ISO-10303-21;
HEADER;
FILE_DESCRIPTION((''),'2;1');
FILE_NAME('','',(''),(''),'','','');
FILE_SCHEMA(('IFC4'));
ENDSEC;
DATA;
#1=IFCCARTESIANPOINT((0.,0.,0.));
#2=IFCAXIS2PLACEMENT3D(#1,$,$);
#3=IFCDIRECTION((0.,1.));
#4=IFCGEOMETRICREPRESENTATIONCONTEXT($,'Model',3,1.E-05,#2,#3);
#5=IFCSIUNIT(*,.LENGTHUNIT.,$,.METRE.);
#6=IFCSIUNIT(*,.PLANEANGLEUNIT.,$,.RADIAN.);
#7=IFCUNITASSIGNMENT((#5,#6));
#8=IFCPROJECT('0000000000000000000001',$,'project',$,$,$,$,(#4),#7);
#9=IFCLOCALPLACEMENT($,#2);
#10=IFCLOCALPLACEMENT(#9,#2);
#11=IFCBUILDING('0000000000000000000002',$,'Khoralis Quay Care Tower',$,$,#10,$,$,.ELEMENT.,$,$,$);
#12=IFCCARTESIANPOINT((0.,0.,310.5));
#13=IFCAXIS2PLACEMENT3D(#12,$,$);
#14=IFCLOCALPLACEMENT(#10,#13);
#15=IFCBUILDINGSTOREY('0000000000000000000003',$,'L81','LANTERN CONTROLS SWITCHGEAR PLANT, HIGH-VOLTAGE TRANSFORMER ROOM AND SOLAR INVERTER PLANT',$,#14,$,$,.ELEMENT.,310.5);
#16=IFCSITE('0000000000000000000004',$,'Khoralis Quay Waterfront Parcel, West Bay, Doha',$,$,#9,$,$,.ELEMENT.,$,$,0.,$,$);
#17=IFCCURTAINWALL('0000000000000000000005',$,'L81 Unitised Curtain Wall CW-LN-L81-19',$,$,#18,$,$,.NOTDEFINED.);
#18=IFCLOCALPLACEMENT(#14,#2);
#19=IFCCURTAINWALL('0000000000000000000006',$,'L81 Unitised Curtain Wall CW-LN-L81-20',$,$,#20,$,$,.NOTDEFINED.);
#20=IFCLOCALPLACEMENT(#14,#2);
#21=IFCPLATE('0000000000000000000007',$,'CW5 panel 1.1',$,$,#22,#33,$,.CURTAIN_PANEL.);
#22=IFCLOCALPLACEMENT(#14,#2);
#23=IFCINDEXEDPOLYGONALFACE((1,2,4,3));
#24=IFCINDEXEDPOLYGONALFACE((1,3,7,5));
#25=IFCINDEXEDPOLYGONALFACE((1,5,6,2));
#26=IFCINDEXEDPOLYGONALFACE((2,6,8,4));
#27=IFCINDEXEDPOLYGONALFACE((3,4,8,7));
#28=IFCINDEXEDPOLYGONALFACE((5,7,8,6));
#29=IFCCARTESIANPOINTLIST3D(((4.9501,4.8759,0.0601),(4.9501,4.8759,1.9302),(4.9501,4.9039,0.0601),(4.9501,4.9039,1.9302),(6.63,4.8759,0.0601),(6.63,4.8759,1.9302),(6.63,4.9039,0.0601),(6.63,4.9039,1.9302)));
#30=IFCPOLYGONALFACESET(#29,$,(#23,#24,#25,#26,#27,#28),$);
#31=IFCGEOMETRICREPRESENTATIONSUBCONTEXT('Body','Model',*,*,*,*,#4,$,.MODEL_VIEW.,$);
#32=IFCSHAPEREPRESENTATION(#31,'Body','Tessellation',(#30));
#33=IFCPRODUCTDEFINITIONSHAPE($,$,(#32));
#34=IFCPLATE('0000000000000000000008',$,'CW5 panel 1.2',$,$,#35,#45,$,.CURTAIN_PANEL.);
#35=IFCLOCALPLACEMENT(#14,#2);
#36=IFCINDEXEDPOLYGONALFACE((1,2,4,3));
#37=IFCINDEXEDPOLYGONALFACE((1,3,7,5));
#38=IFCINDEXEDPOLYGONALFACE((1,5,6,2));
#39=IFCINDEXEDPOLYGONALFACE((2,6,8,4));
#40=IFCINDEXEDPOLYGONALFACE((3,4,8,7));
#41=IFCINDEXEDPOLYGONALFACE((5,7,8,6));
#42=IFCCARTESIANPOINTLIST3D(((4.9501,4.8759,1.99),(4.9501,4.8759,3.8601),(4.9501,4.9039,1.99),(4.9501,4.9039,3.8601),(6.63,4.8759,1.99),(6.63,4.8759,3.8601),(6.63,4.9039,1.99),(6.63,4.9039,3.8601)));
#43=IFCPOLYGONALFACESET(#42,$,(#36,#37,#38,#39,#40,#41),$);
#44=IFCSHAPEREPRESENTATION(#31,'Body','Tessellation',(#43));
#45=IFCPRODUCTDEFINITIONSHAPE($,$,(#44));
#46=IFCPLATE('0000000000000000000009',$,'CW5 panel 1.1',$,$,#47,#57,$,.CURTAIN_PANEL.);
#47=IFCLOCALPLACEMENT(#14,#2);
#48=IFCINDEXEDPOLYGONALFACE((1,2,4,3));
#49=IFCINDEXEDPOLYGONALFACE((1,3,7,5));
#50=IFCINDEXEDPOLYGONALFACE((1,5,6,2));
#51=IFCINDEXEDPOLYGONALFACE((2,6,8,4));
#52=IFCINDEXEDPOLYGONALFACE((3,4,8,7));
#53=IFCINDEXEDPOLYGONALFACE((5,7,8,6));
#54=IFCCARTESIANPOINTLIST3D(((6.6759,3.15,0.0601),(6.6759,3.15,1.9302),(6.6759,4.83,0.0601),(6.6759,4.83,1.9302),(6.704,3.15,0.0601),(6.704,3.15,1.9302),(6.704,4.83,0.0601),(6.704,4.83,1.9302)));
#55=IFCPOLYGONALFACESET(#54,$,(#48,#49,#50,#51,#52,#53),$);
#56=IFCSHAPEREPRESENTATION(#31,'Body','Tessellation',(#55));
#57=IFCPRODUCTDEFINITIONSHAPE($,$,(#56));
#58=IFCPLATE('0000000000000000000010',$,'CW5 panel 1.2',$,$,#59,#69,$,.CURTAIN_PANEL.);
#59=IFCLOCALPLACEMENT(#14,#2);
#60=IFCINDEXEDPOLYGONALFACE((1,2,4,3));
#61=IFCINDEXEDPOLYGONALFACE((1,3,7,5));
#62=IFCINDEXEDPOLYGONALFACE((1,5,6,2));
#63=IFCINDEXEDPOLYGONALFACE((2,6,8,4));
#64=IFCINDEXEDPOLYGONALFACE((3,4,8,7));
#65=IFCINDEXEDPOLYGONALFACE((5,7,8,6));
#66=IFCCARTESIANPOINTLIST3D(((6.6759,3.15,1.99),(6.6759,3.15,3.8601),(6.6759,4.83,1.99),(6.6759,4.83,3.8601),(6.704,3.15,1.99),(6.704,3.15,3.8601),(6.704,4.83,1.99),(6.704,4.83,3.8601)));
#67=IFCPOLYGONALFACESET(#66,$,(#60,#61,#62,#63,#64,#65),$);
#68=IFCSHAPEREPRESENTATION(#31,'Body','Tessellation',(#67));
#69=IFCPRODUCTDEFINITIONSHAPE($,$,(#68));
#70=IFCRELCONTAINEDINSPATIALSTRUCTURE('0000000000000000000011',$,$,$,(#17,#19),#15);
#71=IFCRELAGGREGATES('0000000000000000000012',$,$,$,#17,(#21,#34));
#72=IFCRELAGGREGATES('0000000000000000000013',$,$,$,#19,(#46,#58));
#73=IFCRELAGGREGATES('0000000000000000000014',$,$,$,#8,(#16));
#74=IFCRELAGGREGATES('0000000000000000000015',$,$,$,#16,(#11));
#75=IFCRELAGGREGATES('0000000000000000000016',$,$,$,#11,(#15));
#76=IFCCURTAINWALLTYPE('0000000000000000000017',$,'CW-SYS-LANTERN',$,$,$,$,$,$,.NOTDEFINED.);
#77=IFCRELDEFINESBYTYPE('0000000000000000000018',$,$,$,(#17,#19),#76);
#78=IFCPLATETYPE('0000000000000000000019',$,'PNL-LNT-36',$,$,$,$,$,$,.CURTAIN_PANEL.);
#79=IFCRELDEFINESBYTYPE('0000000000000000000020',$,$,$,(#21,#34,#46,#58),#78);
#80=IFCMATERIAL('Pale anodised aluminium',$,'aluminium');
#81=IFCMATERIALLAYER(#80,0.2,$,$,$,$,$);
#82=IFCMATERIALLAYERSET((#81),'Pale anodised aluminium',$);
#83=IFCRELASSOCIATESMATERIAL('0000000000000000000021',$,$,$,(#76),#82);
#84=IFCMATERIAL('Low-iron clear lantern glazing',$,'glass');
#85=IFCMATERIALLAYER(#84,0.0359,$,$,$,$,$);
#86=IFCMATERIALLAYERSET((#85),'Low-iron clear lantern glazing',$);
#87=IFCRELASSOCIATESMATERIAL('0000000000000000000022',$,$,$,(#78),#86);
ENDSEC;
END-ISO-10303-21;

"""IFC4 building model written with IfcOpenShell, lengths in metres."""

from ifc_helpers import new_model, si_unit, direction, frame, origin, origin_2d, place, context, subcontext, project, spatial, rectangle, extrude, source, transform, mapped, material, layer, layer_set, type_object, element, aggregate, save


model = new_model("IFC4")

# Units and contexts
model_context = context("Model", 3, precision=1e-05, world=origin(), true_north=direction((0.0, 1.0)))
body_context = subcontext(model_context, "Body", "Model", "MODEL_VIEW")
ifc_project = project(units=[si_unit("LENGTHUNIT", "METRE"), si_unit("PLANEANGLEUNIT", "RADIAN")], contexts=[model_context])

# Site, building, storey
site_placement = place(None, origin())
site = spatial("IfcSite", under=ifc_project, at=site_placement, Name="Khoralis Quay Waterfront Parcel, West Bay, Doha", CompositionType="ELEMENT", RefElevation=0.0)
building_placement = place(site_placement, origin())
building = spatial("IfcBuilding", under=site, at=building_placement, Name="Khoralis Quay Care Tower", CompositionType="ELEMENT")
storey_placement = place(building_placement, frame((0.0, 0.0, 310.5)))
storey = spatial("IfcBuildingStorey", under=building, at=storey_placement, Name="L81", Description="LANTERN CONTROLS SWITCHGEAR PLANT, HIGH-VOLTAGE TRANSFORMER ROOM AND SOLAR INVERTER PLANT", CompositionType="ELEMENT", Elevation=310.5)

# Curtain wall
ifc_material_1 = material(Name="Pale anodised aluminium", Category="aluminium")
ifc_layer_1 = layer(ifc_material_1, 0.2)
ifc_layer_set_1 = layer_set([ifc_layer_1], Name="Pale anodised aluminium")
curtain_wall_type = type_object("IfcCurtainWallType", Name="CW-SYS-LANTERN", PredefinedType="NOTDEFINED", material=ifc_layer_set_1)
curtain_wall_1_placement = place(storey_placement, origin())
curtain_wall_1 = element("IfcCurtainWall", 1, at=curtain_wall_1_placement, inside=storey, type_object=curtain_wall_type, Name="L81 Unitised Curtain Wall CW-LN-L81-19", PredefinedType="NOTDEFINED")

# Curtain wall
curtain_wall_2_placement = place(storey_placement, origin())
curtain_wall_2 = element("IfcCurtainWall", 2, at=curtain_wall_2_placement, inside=storey, type_object=curtain_wall_type, Name="L81 Unitised Curtain Wall CW-LN-L81-20", PredefinedType="NOTDEFINED")

# Plates
ifc_material_2 = material(Name="Low-iron clear lantern glazing", Category="glass")
ifc_layer_2 = layer(ifc_material_2, 0.0359)
ifc_layer_set_2 = layer_set([ifc_layer_2], Name="Low-iron clear lantern glazing")
plate_type = type_object("IfcPlateType", Name="PNL-LNT-36", PredefinedType="CURTAIN_PANEL", material=ifc_layer_set_2)
shared_shape_1 = source(origin(), body_context, "Body", "SweptSolid", [
    extrude(rectangle(XDim=1.6799, YDim=0.0281, at=origin_2d()), origin(), (0.0, 0.0, 1.0), 1.8701),
])
plate_1_placement = place(storey_placement, frame((5.79, 4.8899, 0.0601), z_axis=(0.0, 0.0, 1.0), x_axis=(1.0, 0.0, 0.0)))
plate_1 = element("IfcPlate", 3, at=plate_1_placement, type_object=plate_type, Name="CW5 panel 1.1", PredefinedType="CURTAIN_PANEL", context=body_context, shape_type="MappedRepresentation", body=[
    mapped(shared_shape_1, transform((0.0, 0.0, 0.0), scale=1.0)),
])
plate_2_placement = place(storey_placement, frame((5.79, 4.8899, 1.99), z_axis=(0.0, 0.0, 1.0), x_axis=(1.0, 0.0, 0.0)))
plate_2 = element("IfcPlate", 4, at=plate_2_placement, type_object=plate_type, Name="CW5 panel 1.2", PredefinedType="CURTAIN_PANEL", context=body_context, shape_type="MappedRepresentation", body=[
    mapped(shared_shape_1, transform((0.0, 0.0, 0.0), scale=1.0)),
])
aggregate(curtain_wall_1, [plate_1, plate_2])
plate_3_placement = place(storey_placement, frame((6.6899, 3.99, 0.0601), z_axis=(0.0, 0.0, 1.0), x_axis=(0.0, -1.0, 0.0)))
plate_3 = element("IfcPlate", 5, at=plate_3_placement, type_object=plate_type, Name="CW5 panel 1.1", PredefinedType="CURTAIN_PANEL", context=body_context, shape_type="MappedRepresentation", body=[
    mapped(shared_shape_1, transform((0.0, 0.0, 0.0), scale=1.0)),
])
plate_4_placement = place(storey_placement, frame((6.6899, 3.99, 1.99), z_axis=(0.0, 0.0, 1.0), x_axis=(0.0, -1.0, 0.0)))
plate_4 = element("IfcPlate", 6, at=plate_4_placement, type_object=plate_type, Name="CW5 panel 1.2", PredefinedType="CURTAIN_PANEL", context=body_context, shape_type="MappedRepresentation", body=[
    mapped(shared_shape_1, transform((0.0, 0.0, 0.0), scale=1.0)),
])
aggregate(curtain_wall_2, [plate_3, plate_4])

save(model, "model.ifc")
